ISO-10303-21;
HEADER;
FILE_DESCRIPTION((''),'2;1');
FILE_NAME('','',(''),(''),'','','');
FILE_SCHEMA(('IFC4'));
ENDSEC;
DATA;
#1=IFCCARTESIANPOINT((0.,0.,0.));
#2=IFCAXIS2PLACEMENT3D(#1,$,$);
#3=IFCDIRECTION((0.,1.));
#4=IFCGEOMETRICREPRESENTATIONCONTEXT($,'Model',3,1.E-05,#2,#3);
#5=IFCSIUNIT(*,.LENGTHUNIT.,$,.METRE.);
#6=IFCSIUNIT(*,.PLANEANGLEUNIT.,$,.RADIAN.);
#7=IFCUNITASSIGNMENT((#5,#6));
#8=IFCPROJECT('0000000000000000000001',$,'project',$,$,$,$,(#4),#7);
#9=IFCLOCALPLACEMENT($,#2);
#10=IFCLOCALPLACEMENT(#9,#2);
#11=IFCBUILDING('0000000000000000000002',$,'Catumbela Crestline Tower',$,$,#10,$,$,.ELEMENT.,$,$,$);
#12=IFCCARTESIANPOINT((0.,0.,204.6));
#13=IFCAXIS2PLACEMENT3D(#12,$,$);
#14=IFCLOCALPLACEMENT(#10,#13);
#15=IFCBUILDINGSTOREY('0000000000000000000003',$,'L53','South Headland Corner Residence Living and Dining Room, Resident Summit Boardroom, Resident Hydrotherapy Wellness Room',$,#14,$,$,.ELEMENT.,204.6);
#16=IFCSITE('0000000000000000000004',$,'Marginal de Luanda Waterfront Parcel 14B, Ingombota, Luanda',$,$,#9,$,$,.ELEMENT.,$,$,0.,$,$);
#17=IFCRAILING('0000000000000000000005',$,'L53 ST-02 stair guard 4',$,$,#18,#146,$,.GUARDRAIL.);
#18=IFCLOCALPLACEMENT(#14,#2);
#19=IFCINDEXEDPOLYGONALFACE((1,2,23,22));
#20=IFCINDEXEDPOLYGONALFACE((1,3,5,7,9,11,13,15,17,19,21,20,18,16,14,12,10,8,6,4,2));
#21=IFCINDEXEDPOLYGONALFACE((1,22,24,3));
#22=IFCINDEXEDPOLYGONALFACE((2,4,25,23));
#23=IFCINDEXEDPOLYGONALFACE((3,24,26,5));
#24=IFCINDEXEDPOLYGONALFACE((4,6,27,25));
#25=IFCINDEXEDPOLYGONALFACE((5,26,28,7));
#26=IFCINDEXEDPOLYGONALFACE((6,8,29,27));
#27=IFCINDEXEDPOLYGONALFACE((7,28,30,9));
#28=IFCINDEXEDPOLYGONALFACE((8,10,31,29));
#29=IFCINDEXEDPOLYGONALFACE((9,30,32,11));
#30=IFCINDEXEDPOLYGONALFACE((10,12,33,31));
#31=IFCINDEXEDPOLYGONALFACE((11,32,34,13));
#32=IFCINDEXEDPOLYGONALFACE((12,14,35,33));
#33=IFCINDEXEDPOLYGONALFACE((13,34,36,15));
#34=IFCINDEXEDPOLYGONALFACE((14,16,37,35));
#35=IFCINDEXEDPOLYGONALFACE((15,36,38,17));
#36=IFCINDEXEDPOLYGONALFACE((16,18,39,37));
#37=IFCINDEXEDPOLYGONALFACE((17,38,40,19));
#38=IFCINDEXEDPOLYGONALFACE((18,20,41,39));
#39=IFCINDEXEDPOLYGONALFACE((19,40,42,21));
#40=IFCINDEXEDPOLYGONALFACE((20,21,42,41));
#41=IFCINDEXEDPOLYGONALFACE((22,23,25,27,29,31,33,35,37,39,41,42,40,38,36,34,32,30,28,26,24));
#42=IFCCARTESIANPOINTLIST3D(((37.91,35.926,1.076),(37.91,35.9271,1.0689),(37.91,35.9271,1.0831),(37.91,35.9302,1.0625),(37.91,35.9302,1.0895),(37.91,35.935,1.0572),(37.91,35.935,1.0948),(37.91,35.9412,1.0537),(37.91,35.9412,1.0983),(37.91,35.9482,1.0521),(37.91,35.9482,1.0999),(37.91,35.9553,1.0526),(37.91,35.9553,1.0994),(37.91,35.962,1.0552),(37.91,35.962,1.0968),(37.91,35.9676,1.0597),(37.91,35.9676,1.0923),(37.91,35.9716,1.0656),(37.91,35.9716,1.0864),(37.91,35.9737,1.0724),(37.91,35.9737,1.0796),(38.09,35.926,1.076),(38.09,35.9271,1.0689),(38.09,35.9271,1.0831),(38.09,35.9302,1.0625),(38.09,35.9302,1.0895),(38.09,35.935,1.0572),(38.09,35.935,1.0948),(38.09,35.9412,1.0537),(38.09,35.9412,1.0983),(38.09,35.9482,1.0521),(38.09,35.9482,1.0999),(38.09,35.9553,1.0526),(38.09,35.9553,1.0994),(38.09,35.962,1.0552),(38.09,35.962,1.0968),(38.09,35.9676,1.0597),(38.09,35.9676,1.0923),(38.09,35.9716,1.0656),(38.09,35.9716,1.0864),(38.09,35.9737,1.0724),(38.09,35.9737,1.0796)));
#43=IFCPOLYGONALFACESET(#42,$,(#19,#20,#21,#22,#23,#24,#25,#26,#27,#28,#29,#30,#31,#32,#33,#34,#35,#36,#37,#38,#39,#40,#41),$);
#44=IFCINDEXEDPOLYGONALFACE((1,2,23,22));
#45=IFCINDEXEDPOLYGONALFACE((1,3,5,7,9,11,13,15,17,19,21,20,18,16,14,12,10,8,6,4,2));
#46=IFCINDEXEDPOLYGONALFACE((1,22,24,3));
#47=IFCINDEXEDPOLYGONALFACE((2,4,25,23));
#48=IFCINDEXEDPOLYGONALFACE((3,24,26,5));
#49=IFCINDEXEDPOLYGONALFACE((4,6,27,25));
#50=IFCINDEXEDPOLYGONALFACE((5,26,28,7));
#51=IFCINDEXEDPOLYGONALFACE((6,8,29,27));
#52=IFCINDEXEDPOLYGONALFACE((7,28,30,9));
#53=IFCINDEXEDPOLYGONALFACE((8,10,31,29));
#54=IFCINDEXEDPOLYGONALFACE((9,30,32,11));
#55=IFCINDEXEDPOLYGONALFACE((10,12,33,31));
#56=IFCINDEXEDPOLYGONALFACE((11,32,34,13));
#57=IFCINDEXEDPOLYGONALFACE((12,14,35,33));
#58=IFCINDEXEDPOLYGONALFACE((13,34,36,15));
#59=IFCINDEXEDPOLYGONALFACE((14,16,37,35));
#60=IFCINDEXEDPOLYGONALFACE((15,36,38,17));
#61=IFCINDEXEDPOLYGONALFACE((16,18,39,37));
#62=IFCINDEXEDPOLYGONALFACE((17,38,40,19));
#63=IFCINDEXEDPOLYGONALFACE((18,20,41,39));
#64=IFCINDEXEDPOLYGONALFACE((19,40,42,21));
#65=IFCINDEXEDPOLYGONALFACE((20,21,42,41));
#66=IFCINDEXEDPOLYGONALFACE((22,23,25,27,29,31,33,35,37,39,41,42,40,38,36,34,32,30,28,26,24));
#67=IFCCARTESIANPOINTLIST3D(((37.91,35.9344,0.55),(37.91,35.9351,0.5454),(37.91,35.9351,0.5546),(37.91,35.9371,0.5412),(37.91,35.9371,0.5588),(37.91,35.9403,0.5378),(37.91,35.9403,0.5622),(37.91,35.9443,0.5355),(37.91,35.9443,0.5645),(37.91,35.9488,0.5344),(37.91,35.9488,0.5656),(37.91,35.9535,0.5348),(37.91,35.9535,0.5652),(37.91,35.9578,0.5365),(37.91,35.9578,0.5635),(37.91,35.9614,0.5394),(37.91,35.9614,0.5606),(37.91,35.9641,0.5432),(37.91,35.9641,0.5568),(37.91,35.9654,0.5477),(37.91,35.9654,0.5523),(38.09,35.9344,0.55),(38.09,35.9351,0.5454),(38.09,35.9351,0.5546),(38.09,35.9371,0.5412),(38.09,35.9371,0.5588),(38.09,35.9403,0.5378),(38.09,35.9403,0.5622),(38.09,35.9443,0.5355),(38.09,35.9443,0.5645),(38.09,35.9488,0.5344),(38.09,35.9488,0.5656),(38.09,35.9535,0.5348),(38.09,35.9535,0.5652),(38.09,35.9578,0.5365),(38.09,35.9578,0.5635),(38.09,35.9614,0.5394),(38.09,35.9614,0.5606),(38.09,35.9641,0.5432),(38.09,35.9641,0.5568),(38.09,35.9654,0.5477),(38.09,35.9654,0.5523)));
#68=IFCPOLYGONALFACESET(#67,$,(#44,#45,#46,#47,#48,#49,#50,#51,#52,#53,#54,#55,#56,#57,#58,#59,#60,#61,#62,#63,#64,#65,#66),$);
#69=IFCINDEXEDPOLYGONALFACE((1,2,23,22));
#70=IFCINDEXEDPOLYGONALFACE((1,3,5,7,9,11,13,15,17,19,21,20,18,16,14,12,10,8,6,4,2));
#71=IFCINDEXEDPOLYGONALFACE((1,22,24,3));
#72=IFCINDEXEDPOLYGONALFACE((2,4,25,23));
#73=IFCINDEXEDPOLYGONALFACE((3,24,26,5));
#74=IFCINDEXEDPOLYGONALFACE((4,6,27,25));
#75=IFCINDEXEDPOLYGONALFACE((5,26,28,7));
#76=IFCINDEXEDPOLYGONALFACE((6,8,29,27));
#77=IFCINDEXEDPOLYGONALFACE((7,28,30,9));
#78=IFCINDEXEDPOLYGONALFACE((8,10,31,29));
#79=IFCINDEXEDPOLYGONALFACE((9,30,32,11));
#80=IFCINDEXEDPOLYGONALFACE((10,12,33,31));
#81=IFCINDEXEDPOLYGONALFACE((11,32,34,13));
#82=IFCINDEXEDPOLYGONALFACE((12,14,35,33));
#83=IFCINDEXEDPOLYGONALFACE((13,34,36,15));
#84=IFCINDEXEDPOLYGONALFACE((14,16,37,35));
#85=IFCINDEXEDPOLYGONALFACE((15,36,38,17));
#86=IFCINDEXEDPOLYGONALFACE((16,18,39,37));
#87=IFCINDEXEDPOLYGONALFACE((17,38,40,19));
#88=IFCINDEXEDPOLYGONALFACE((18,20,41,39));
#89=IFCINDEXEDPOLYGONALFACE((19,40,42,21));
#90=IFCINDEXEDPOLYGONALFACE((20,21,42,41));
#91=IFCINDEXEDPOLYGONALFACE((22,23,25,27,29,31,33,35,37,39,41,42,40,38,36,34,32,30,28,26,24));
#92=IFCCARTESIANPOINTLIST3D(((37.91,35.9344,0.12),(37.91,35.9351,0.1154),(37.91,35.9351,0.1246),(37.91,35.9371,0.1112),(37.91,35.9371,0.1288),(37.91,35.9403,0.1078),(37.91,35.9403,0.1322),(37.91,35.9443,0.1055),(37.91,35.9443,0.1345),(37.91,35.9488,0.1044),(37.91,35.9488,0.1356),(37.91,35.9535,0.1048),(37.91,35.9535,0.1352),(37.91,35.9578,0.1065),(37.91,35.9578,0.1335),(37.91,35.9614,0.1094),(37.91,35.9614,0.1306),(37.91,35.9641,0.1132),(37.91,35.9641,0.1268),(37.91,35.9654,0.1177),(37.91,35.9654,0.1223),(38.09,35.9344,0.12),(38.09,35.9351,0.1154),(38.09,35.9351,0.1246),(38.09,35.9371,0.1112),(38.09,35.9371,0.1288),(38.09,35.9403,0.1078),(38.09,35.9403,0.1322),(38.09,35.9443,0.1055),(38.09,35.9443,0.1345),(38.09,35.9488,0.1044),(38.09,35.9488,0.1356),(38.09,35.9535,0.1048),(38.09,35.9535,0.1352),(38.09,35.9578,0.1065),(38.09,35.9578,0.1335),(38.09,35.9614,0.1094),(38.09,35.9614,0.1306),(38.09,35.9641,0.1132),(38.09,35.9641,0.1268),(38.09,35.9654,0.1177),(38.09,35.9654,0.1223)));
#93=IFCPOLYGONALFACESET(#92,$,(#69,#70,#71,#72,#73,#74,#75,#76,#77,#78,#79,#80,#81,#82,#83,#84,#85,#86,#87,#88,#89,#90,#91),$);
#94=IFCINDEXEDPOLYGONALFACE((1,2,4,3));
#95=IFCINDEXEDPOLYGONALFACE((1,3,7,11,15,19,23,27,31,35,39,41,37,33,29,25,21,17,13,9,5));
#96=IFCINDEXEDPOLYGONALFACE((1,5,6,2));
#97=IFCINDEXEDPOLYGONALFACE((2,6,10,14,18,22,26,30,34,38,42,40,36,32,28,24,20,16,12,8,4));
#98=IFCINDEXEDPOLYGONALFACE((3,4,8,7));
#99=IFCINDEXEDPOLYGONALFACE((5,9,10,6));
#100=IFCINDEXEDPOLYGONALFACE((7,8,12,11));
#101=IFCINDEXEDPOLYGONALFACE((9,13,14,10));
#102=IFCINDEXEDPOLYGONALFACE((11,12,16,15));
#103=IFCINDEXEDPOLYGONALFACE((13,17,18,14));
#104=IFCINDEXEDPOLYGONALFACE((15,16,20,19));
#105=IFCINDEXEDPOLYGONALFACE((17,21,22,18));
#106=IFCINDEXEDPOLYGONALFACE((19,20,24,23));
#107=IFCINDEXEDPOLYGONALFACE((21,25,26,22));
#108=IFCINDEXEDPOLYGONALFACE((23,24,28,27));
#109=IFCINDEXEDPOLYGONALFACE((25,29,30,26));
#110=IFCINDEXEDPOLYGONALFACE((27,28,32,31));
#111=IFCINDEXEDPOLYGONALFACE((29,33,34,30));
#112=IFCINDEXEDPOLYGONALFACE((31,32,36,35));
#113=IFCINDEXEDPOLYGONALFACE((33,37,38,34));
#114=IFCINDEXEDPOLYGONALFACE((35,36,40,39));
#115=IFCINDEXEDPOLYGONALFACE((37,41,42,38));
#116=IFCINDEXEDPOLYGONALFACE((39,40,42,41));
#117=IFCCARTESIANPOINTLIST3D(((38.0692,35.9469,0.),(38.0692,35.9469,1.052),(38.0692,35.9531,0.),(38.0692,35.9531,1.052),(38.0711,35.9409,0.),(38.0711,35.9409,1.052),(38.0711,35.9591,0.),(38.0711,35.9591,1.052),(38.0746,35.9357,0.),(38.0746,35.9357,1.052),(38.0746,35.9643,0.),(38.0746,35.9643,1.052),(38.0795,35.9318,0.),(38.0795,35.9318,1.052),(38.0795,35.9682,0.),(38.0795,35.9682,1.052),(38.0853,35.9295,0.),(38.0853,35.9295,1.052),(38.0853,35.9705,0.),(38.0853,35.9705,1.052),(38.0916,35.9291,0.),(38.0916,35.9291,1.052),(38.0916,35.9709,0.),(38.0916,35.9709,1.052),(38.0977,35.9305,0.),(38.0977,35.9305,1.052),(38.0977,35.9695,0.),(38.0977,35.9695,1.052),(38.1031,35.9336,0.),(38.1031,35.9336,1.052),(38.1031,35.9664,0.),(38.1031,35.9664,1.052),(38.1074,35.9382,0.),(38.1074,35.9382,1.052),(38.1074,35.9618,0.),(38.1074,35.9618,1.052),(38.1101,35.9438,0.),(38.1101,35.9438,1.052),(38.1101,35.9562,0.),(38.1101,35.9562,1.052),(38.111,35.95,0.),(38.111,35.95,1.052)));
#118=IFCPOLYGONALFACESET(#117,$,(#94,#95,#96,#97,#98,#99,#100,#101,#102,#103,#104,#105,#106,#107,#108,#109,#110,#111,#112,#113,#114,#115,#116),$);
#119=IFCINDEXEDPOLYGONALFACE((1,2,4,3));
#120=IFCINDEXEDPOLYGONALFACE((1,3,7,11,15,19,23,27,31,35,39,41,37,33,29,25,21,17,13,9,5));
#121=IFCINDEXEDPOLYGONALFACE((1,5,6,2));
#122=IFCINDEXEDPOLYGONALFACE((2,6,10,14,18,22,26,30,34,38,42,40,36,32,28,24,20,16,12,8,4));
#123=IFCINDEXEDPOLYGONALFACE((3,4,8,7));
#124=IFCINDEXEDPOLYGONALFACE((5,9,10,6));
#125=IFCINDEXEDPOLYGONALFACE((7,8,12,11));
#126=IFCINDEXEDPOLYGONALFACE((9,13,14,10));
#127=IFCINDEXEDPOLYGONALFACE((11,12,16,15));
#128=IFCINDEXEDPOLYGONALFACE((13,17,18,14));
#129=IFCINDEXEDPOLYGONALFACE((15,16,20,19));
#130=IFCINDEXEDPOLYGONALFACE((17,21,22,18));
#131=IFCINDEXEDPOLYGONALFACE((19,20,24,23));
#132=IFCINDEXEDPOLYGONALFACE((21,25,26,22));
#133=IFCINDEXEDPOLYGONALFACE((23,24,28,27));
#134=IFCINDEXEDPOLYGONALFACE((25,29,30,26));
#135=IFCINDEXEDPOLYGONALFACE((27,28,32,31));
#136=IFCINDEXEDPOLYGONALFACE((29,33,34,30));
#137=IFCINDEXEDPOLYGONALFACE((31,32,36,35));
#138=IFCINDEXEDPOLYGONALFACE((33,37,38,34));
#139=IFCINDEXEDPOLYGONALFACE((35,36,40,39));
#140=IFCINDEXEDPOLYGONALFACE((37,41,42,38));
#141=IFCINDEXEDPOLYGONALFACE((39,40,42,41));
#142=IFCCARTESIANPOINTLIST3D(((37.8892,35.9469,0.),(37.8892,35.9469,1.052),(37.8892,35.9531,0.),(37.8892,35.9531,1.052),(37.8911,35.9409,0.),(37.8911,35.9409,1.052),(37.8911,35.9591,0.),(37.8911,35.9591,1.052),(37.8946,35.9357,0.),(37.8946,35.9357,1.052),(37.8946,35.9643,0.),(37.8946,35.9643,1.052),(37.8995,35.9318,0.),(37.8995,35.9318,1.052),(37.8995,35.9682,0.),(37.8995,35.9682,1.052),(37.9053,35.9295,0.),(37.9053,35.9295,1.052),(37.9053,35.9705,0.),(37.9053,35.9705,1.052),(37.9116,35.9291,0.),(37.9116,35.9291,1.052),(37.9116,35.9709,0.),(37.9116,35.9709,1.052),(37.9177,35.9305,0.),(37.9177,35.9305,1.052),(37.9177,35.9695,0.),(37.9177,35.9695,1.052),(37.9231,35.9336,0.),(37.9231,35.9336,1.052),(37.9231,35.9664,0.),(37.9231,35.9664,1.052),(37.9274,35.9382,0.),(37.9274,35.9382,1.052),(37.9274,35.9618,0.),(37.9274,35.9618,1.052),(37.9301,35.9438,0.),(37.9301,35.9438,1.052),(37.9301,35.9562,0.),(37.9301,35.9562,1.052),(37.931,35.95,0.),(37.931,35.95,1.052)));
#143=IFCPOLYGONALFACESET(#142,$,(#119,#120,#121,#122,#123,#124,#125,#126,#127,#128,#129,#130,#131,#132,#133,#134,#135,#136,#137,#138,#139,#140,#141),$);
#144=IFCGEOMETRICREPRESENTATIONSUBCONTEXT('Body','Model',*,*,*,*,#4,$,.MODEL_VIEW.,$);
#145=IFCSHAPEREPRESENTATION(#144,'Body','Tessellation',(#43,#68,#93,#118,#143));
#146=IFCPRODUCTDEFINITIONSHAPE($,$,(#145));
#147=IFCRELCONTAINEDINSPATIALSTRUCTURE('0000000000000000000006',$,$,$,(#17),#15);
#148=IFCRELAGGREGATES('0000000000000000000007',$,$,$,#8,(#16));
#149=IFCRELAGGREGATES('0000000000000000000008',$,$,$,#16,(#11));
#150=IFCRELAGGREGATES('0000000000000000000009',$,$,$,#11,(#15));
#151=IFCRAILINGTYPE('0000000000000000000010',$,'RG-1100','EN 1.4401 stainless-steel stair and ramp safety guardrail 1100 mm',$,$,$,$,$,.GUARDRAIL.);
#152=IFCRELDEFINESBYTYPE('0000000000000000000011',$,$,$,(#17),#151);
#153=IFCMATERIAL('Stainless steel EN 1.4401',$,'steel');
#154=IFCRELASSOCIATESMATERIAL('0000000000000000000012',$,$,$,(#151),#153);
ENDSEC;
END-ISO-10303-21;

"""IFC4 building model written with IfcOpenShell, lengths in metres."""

from ifc_helpers import new_model, si_unit, direction, frame, origin, origin_2d, place, context, subcontext, project, spatial, circle, extrude, material, type_object, element, save


model = new_model("IFC4")

# Units and contexts
model_context = context("Model", 3, precision=1e-05, world=origin(), true_north=direction((0.0, 1.0)))
body_context = subcontext(model_context, "Body", "Model", "MODEL_VIEW")
ifc_project = project(units=[si_unit("LENGTHUNIT", "METRE"), si_unit("PLANEANGLEUNIT", "RADIAN")], contexts=[model_context])

# Site, building, storey
site_placement = place(None, origin())
site = spatial("IfcSite", under=ifc_project, at=site_placement, Name="Marginal de Luanda Waterfront Parcel 14B, Ingombota, Luanda", CompositionType="ELEMENT", RefElevation=0.0)
building_placement = place(site_placement, origin())
building = spatial("IfcBuilding", under=site, at=building_placement, Name="Catumbela Crestline Tower", CompositionType="ELEMENT")
storey_placement = place(building_placement, frame((0.0, 0.0, 204.6)))
storey = spatial("IfcBuildingStorey", under=building, at=storey_placement, Name="L53", Description="South Headland Corner Residence Living and Dining Room, Resident Summit Boardroom, Resident Hydrotherapy Wellness Room", CompositionType="ELEMENT", Elevation=204.6)

# Shared definitions
ifc_material_1 = material(Name="Stainless steel EN 1.4401", Category="steel")

# Railing
railing_type_1 = type_object("IfcRailingType", Name="RG-1100", Description="EN 1.4401 stainless-steel stair and ramp safety guardrail 1100 mm", PredefinedType="GUARDRAIL", material=ifc_material_1)
railing_1_placement = place(storey_placement, frame((38.09, 35.95, 0.0)))
element("IfcRailing", 1, at=railing_1_placement, inside=storey, type_object=railing_type_1, Name="L53 ST-02 stair guard 4", PredefinedType="GUARDRAIL", context=body_context, shape_type="SweptSolid", body=[
    extrude(circle(Radius=0.024, at=origin_2d()), frame((0.0, 0.0, 1.076), z_axis=(-1.0, 0.0, 0.0), x_axis=(0.0, -1.0, 0.0)), (0.0, 0.0, 1.0), 0.18),
    extrude(circle(Radius=0.0156, at=origin_2d()), frame((0.0, 0.0, 0.55), z_axis=(-1.0, 0.0, 0.0), x_axis=(0.0, -1.0, 0.0)), (0.0, 0.0, 1.0), 0.18),
    extrude(circle(Radius=0.0156, at=origin_2d()), frame((0.0, 0.0, 0.12), z_axis=(-1.0, 0.0, 0.0), x_axis=(0.0, -1.0, 0.0)), (0.0, 0.0, 1.0), 0.18),
    extrude(circle(Radius=0.021, at=origin_2d()), origin(), (0.0, 0.0, 1.0), 1.052),
    extrude(circle(Radius=0.021, at=origin_2d()), frame((-0.18, 0.0, 0.0)), (0.0, 0.0, 1.0), 1.052),
])

save(model, "model.ifc")
